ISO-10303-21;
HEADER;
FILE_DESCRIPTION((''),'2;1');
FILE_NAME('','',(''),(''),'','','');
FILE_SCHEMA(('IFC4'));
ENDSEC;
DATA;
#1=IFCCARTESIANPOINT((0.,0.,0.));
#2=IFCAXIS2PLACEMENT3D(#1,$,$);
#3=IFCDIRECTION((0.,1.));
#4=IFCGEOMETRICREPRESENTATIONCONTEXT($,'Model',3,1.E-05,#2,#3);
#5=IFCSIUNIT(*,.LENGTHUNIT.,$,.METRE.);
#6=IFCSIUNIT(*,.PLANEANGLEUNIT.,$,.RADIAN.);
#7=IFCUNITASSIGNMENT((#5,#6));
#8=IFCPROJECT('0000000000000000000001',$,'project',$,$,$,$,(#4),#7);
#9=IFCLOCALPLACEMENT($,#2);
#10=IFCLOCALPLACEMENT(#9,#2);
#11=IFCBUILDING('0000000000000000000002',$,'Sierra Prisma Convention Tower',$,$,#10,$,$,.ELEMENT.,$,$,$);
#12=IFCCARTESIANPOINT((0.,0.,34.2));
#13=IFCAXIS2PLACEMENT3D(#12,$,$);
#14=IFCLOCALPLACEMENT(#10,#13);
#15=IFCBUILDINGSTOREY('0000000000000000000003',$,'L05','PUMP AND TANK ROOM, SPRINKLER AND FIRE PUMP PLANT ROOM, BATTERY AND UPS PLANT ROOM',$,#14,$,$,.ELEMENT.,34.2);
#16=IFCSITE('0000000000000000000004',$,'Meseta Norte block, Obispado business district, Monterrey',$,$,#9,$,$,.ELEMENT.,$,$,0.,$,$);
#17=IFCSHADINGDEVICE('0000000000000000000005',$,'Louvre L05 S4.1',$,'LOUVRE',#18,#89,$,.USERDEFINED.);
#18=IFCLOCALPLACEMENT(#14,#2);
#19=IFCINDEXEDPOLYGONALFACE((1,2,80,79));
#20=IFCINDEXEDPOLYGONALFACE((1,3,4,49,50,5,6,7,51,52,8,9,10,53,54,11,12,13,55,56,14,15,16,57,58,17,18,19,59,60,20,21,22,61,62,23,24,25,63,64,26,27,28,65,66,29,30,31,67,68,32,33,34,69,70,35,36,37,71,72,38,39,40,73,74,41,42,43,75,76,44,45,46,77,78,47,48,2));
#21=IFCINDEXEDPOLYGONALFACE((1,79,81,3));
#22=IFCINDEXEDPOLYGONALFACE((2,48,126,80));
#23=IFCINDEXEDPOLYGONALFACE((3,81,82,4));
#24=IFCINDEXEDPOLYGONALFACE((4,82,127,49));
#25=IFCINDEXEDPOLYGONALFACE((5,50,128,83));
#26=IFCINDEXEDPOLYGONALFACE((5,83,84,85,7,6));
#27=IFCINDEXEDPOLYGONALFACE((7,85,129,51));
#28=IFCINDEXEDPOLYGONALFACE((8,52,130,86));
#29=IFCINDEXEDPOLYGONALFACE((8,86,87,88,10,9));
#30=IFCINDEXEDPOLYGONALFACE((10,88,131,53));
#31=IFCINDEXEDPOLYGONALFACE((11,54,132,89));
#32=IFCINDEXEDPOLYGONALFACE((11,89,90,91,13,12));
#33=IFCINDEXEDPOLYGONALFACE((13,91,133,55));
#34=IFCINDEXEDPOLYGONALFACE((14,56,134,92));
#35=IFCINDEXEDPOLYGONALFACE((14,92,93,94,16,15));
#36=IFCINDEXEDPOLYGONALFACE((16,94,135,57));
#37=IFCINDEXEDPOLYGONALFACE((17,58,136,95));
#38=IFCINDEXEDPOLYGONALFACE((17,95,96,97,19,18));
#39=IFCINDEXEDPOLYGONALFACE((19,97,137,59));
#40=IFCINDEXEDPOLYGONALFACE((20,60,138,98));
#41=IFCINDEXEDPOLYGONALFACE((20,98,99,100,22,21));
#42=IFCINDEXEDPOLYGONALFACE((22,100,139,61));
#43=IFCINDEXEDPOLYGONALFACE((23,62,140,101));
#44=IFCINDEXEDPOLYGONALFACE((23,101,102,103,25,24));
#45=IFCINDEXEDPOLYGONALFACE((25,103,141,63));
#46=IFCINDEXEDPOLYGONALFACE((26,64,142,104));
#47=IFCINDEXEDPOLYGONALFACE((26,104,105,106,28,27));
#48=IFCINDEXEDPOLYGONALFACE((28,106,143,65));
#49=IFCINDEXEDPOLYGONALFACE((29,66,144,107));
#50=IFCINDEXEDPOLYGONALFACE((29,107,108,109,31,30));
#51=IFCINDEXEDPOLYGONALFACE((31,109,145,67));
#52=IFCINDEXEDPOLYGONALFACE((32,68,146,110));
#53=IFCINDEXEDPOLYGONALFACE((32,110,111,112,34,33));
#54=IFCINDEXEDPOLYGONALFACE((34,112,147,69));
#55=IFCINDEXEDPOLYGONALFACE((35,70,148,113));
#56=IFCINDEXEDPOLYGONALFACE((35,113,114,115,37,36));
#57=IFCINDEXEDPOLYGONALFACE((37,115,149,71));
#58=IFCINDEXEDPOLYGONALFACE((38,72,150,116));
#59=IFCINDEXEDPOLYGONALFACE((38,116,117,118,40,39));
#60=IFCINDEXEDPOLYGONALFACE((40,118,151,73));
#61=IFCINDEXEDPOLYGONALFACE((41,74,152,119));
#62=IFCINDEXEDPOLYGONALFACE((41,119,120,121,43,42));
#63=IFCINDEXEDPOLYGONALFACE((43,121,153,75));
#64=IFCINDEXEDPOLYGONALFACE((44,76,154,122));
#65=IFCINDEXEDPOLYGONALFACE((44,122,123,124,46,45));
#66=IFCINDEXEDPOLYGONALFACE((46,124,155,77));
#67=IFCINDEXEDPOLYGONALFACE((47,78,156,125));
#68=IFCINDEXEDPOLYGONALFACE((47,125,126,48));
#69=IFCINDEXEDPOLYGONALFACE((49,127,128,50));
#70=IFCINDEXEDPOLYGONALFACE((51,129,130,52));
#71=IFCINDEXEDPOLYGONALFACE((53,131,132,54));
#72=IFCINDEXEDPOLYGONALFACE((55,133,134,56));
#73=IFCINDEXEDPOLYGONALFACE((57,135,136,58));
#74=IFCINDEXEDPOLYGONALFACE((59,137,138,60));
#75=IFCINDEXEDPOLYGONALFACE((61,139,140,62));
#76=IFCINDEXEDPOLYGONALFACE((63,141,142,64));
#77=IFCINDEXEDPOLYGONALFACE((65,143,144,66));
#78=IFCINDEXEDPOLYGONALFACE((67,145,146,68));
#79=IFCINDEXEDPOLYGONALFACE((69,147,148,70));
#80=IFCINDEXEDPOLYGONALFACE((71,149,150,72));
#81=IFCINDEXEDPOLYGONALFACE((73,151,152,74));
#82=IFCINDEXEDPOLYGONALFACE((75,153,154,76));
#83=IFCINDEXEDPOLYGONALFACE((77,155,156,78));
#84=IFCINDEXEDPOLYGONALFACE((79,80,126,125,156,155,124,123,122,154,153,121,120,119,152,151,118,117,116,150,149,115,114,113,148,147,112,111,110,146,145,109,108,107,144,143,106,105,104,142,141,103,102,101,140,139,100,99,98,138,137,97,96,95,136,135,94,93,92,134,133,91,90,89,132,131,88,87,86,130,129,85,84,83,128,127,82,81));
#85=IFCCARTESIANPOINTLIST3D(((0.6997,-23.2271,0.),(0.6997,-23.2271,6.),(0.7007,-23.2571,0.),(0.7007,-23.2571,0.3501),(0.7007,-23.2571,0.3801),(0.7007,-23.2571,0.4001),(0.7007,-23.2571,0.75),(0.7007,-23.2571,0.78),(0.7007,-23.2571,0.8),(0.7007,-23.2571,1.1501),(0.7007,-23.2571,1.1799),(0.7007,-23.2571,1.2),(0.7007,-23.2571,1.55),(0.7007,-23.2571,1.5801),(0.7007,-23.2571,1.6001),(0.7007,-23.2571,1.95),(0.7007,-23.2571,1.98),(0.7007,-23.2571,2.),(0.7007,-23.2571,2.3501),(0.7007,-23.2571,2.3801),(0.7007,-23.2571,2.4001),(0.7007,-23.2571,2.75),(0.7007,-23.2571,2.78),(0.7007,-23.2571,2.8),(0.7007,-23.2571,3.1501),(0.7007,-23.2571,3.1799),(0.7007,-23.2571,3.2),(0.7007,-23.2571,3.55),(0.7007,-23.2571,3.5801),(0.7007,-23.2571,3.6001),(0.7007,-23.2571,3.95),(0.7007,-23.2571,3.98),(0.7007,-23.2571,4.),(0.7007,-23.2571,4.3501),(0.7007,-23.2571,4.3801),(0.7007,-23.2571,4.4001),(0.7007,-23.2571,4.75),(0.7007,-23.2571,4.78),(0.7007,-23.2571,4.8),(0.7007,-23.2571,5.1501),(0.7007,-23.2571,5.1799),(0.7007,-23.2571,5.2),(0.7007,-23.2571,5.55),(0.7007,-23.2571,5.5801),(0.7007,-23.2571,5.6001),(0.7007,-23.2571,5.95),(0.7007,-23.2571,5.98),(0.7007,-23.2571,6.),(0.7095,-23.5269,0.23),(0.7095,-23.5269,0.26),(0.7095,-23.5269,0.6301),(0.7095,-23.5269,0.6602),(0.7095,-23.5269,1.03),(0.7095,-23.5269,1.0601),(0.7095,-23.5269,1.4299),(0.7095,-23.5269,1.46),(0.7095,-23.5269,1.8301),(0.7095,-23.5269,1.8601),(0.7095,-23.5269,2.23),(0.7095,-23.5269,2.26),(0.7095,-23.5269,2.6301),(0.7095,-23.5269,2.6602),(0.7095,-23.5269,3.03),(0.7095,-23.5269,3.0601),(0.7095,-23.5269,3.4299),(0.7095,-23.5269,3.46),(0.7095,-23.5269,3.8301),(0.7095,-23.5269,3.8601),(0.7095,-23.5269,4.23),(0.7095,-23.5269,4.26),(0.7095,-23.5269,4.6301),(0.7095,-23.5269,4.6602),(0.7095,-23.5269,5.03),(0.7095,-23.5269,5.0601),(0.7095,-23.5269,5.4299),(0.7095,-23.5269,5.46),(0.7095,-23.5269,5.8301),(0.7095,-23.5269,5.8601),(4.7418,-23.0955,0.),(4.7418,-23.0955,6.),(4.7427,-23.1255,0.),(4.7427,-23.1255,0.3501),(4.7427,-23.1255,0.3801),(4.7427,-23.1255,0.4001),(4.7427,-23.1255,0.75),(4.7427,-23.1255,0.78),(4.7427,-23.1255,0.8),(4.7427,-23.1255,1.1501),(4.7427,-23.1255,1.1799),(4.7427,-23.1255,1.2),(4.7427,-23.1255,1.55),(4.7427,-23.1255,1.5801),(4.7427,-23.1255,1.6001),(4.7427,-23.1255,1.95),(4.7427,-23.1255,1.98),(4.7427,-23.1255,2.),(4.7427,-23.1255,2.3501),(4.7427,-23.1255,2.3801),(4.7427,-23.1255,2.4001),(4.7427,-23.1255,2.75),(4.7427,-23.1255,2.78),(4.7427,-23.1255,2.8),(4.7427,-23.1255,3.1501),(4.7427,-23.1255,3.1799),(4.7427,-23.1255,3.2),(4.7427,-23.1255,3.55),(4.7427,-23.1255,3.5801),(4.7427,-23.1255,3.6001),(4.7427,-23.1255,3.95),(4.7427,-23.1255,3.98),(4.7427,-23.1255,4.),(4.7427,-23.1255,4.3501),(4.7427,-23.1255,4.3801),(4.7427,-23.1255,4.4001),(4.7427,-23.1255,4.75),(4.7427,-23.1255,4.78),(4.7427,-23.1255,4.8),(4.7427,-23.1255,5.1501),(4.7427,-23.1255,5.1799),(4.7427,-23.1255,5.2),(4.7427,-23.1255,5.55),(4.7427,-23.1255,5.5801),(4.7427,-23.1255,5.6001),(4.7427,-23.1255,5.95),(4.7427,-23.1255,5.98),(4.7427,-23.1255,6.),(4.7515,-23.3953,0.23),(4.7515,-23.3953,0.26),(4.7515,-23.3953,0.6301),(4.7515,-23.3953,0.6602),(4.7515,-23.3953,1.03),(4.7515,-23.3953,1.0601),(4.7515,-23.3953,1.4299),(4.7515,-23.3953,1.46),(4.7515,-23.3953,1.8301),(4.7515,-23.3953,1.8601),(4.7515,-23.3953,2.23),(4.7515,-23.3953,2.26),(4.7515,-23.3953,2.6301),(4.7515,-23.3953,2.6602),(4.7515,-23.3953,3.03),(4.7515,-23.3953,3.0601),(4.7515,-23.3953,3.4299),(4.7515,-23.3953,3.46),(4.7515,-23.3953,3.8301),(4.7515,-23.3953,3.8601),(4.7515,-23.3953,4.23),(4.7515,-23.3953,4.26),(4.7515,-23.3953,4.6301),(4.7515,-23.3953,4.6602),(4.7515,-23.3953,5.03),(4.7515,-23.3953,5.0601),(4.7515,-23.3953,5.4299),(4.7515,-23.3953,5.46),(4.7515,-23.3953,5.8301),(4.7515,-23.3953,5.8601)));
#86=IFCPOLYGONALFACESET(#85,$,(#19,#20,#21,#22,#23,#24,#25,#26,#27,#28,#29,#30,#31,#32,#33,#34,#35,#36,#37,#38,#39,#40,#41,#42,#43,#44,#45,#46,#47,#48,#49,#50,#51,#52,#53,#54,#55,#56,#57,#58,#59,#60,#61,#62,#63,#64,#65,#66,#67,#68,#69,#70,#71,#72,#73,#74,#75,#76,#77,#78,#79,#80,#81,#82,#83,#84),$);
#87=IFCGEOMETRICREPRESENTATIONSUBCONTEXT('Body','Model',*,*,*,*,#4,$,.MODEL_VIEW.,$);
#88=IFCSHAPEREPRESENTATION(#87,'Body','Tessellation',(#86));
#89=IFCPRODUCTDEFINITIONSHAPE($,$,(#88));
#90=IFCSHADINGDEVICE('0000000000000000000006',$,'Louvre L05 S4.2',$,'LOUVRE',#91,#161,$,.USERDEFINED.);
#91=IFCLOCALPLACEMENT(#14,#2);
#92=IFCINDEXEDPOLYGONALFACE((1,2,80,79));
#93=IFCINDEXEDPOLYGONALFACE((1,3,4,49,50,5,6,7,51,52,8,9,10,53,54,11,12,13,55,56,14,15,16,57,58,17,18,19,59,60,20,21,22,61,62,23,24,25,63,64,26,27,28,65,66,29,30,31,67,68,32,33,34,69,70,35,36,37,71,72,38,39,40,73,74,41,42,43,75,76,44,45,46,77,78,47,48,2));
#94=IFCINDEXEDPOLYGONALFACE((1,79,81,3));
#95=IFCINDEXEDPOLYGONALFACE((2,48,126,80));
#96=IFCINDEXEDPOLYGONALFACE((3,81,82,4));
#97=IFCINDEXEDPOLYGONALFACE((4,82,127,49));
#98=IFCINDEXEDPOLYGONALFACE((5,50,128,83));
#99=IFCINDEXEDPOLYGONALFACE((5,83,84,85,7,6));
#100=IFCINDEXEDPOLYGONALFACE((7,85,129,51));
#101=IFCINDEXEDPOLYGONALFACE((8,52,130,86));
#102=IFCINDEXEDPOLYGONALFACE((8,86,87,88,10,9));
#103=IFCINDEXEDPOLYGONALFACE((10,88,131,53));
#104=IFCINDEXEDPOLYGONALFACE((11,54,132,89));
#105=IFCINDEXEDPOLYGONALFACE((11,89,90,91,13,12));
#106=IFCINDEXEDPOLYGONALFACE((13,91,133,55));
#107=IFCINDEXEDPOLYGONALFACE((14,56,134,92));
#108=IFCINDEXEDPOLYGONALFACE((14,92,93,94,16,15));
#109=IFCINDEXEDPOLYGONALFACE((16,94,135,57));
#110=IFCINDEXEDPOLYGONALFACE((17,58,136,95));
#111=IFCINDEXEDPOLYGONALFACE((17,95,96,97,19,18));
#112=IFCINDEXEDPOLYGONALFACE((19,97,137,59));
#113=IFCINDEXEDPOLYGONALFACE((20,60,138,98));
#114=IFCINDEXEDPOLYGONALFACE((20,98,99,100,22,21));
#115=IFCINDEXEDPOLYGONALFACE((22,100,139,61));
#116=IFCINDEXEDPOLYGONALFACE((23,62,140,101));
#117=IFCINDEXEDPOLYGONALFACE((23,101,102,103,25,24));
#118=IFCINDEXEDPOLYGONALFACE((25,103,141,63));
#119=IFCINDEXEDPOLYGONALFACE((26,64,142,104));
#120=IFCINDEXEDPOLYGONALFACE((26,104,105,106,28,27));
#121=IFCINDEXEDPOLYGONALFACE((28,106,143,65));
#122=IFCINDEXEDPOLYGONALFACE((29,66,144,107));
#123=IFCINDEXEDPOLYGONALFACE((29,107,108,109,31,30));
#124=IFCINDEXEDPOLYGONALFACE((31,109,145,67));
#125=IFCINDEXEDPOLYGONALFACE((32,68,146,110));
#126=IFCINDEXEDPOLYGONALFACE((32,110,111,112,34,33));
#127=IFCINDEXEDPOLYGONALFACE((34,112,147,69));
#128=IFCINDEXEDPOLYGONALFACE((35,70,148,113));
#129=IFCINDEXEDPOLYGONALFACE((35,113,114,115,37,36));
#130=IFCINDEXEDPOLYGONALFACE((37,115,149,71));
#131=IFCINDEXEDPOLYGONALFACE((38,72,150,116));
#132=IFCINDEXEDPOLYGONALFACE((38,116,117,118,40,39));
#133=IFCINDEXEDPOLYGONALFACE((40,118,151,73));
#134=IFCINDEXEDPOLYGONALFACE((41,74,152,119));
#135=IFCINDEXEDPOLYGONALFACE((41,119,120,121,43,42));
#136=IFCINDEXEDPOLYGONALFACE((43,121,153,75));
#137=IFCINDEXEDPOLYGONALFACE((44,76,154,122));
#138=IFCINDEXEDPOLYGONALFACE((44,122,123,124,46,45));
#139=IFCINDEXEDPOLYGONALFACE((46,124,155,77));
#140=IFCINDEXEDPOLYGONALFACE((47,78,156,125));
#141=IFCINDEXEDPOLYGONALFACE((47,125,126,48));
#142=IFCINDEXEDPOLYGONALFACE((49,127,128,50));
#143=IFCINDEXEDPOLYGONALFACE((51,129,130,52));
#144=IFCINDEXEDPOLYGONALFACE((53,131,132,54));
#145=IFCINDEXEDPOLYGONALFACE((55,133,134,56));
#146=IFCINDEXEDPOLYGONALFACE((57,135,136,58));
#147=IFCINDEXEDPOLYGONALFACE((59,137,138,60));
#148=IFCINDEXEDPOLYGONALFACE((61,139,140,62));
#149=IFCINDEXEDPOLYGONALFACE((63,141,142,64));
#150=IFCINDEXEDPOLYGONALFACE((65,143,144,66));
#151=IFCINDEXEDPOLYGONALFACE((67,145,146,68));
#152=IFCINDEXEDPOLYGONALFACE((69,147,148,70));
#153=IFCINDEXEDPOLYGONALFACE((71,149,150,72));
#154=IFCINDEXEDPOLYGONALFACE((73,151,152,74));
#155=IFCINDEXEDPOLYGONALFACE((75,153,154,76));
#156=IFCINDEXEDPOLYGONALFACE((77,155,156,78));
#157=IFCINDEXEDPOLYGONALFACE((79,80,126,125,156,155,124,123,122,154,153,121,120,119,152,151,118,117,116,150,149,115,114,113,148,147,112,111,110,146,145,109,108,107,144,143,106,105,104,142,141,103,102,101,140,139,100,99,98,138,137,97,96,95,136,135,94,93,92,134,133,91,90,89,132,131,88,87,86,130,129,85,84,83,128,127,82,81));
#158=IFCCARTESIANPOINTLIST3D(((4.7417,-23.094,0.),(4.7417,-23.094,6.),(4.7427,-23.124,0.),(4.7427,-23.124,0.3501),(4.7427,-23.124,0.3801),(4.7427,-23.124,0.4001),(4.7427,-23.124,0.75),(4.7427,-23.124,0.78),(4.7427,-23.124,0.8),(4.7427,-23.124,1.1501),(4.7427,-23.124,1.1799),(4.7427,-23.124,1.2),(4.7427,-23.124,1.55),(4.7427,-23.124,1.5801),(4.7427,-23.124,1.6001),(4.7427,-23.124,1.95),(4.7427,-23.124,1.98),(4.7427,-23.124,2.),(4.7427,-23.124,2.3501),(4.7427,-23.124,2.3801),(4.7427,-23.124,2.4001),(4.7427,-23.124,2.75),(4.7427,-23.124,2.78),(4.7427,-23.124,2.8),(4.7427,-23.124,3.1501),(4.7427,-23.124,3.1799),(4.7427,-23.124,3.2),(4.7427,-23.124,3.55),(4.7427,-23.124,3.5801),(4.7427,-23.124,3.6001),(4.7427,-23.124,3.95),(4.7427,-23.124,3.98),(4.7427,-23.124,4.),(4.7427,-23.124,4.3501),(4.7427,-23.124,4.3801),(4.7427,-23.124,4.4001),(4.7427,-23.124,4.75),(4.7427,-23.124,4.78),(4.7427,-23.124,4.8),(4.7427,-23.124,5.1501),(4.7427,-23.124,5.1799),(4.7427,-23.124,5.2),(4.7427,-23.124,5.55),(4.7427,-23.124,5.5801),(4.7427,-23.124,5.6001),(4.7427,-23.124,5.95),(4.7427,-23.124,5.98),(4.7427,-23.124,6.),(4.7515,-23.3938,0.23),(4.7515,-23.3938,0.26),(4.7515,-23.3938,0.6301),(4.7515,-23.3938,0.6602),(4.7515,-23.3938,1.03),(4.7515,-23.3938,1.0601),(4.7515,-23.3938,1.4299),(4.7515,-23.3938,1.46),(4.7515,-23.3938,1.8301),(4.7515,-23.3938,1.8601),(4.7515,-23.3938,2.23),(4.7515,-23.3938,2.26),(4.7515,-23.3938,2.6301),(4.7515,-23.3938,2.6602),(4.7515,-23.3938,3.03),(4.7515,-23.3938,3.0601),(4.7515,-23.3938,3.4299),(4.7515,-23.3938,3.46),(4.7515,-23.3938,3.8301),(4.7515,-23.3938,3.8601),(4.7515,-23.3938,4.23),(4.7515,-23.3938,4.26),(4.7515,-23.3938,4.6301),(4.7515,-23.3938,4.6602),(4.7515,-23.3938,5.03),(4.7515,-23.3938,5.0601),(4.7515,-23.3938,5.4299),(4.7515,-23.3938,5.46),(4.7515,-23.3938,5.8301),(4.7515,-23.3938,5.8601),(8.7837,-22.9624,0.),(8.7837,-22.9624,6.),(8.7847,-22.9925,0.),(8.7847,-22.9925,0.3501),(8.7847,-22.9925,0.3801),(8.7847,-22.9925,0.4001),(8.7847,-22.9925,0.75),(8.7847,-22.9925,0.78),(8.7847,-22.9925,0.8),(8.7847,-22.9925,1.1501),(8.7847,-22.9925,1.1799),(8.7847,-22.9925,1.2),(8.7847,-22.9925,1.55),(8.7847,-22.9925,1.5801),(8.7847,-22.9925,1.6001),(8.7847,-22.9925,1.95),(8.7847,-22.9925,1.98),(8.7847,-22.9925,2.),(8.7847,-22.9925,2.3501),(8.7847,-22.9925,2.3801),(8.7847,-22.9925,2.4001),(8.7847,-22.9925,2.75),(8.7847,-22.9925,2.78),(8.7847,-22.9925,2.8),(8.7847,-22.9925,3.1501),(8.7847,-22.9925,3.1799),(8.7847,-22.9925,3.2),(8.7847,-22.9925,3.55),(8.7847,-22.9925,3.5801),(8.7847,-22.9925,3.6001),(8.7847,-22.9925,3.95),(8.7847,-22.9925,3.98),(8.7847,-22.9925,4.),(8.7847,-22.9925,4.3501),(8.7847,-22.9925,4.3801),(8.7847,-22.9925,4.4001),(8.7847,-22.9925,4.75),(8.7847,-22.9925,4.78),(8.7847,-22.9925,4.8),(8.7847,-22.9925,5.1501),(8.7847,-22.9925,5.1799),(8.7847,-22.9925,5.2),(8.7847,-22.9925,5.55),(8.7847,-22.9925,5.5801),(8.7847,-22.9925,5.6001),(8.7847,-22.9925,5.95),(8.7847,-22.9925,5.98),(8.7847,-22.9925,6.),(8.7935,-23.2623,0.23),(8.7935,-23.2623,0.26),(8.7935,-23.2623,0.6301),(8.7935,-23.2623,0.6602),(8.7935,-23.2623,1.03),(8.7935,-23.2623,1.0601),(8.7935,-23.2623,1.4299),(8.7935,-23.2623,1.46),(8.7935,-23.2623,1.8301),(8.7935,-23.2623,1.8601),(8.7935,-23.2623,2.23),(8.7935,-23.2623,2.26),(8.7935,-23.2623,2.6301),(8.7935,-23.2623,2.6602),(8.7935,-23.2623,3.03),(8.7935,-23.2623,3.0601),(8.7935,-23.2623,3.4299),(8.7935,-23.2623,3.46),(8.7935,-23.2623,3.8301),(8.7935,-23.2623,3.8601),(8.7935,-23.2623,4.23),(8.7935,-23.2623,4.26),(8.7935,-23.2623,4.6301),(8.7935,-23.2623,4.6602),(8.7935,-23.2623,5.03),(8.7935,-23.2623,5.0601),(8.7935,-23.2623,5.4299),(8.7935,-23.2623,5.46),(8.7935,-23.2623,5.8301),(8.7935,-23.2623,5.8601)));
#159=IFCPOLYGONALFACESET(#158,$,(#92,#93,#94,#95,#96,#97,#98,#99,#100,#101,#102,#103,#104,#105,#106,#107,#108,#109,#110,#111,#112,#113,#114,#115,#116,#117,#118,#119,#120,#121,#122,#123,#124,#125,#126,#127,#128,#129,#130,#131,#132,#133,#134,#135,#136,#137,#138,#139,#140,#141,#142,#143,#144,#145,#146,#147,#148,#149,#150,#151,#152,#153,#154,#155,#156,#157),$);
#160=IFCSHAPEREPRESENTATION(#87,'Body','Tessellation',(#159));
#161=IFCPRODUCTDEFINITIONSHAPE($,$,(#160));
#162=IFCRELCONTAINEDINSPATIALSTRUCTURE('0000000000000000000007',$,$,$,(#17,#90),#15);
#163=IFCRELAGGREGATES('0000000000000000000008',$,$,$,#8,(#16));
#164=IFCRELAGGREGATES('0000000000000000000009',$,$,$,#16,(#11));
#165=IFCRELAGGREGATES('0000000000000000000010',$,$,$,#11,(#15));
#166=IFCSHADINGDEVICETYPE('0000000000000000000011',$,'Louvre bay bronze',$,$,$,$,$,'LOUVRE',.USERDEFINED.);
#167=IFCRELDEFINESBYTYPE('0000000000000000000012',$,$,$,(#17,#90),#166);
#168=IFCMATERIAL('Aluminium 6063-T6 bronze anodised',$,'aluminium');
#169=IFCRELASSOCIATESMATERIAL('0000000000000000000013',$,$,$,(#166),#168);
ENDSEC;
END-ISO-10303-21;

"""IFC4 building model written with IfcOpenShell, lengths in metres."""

from ifc_helpers import new_model, si_unit, direction, frame, origin, place, context, subcontext, project, spatial, polyline, outline, extrude, material, type_object, element, save


model = new_model("IFC4")

# Units and contexts
model_context = context("Model", 3, precision=1e-05, world=origin(), true_north=direction((0.0, 1.0)))
body_context = subcontext(model_context, "Body", "Model", "MODEL_VIEW")
ifc_project = project(units=[si_unit("LENGTHUNIT", "METRE"), si_unit("PLANEANGLEUNIT", "RADIAN")], contexts=[model_context])

# Site, building, storey
site_placement = place(None, origin())
site = spatial("IfcSite", under=ifc_project, at=site_placement, Name="Meseta Norte block, Obispado business district, Monterrey", CompositionType="ELEMENT", RefElevation=0.0)
building_placement = place(site_placement, origin())
building = spatial("IfcBuilding", under=site, at=building_placement, Name="Sierra Prisma Convention Tower", CompositionType="ELEMENT")
storey_placement = place(building_placement, frame((0.0, 0.0, 34.2)))
storey = spatial("IfcBuildingStorey", under=building, at=storey_placement, Name="L05", Description="PUMP AND TANK ROOM, SPRINKLER AND FIRE PUMP PLANT ROOM, BATTERY AND UPS PLANT ROOM", CompositionType="ELEMENT", Elevation=34.2)

# Shading devices
ifc_material_1 = material(Name="Aluminium 6063-T6 bronze anodised", Category="aluminium")
shading_device_type = type_object("IfcShadingDeviceType", Name="Louvre bay bronze", ElementType="LOUVRE", PredefinedType="USERDEFINED", material=ifc_material_1)
shading_device_1_placement = place(storey_placement, frame((0.6997, -23.2271, 0.0), z_axis=(-0.999471, -0.032527, 0.0), x_axis=(0.0, 0.0, 1.0)))
element("IfcShadingDevice", 1, at=shading_device_1_placement, inside=storey, type_object=shading_device_type, Name="Louvre L05 S4.1", ObjectType="LOUVRE", PredefinedType="USERDEFINED", context=body_context, shape_type="SweptSolid", body=[
    extrude(outline(polyline([(0.0, 0.0), (6.0, 0.0), (6.0, -0.03), (5.98, -0.03), (5.8601, -0.3), (5.8301, -0.3), (5.95, -0.03), (5.6001, -0.03), (5.5801, -0.03), (5.46, -0.3), (5.4299, -0.3), (5.55, -0.03), (5.2, -0.03), (5.1799, -0.03), (5.0601, -0.3), (5.03, -0.3), (5.1501, -0.03), (4.8, -0.03), (4.78, -0.03), (4.6602, -0.3), (4.6301, -0.3), (4.75, -0.03), (4.4001, -0.03), (4.3801, -0.03), (4.26, -0.3), (4.23, -0.3), (4.3501, -0.03), (4.0, -0.03), (3.98, -0.03), (3.8601, -0.3), (3.8301, -0.3), (3.95, -0.03), (3.6001, -0.03), (3.5801, -0.03), (3.46, -0.3), (3.4299, -0.3), (3.55, -0.03), (3.2, -0.03), (3.1799, -0.03), (3.0601, -0.3), (3.03, -0.3), (3.1501, -0.03), (2.8, -0.03), (2.78, -0.03), (2.6602, -0.3), (2.6301, -0.3), (2.75, -0.03), (2.4001, -0.03), (2.3801, -0.03), (2.26, -0.3), (2.23, -0.3), (2.3501, -0.03), (2.0, -0.03), (1.98, -0.03), (1.8601, -0.3), (1.8301, -0.3), (1.95, -0.03), (1.6001, -0.03), (1.5801, -0.03), (1.46, -0.3), (1.4299, -0.3), (1.55, -0.03), (1.2, -0.03), (1.1799, -0.03), (1.0601, -0.3), (1.03, -0.3), (1.1501, -0.03), (0.8, -0.03), (0.78, -0.03), (0.6602, -0.3), (0.6301, -0.3), (0.75, -0.03), (0.4001, -0.03), (0.3801, -0.03), (0.26, -0.3), (0.23, -0.3), (0.3501, -0.03), (0.0, -0.03), (0.0, 0.0)])), origin(), (0.0, 0.0, -1.0), 4.0442),
])
shading_device_2_placement = place(storey_placement, frame((4.7417, -23.094, 0.0), z_axis=(-0.999471, -0.032527, 0.0), x_axis=(0.0, 0.0, 1.0)))
element("IfcShadingDevice", 2, at=shading_device_2_placement, inside=storey, type_object=shading_device_type, Name="Louvre L05 S4.2", ObjectType="LOUVRE", PredefinedType="USERDEFINED", context=body_context, shape_type="SweptSolid", body=[
    extrude(outline(polyline([(0.0, 0.0), (6.0, 0.0), (6.0, -0.03), (5.98, -0.03), (5.8601, -0.3), (5.8301, -0.3), (5.95, -0.03), (5.6001, -0.03), (5.5801, -0.03), (5.46, -0.3), (5.4299, -0.3), (5.55, -0.03), (5.2, -0.03), (5.1799, -0.03), (5.0601, -0.3), (5.03, -0.3), (5.1501, -0.03), (4.8, -0.03), (4.78, -0.03), (4.6602, -0.3), (4.6301, -0.3), (4.75, -0.03), (4.4001, -0.03), (4.3801, -0.03), (4.26, -0.3), (4.23, -0.3), (4.3501, -0.03), (4.0, -0.03), (3.98, -0.03), (3.8601, -0.3), (3.8301, -0.3), (3.95, -0.03), (3.6001, -0.03), (3.5801, -0.03), (3.46, -0.3), (3.4299, -0.3), (3.55, -0.03), (3.2, -0.03), (3.1799, -0.03), (3.0601, -0.3), (3.03, -0.3), (3.1501, -0.03), (2.8, -0.03), (2.78, -0.03), (2.6602, -0.3), (2.6301, -0.3), (2.75, -0.03), (2.4001, -0.03), (2.3801, -0.03), (2.26, -0.3), (2.23, -0.3), (2.3501, -0.03), (2.0, -0.03), (1.98, -0.03), (1.8601, -0.3), (1.8301, -0.3), (1.95, -0.03), (1.6001, -0.03), (1.5801, -0.03), (1.46, -0.3), (1.4299, -0.3), (1.55, -0.03), (1.2, -0.03), (1.1799, -0.03), (1.0601, -0.3), (1.03, -0.3), (1.1501, -0.03), (0.8, -0.03), (0.78, -0.03), (0.6602, -0.3), (0.6301, -0.3), (0.75, -0.03), (0.4001, -0.03), (0.3801, -0.03), (0.26, -0.3), (0.23, -0.3), (0.3501, -0.03), (0.0, -0.03), (0.0, 0.0)])), origin(), (0.0, 0.0, -1.0), 4.0442),
])

save(model, "model.ifc")
